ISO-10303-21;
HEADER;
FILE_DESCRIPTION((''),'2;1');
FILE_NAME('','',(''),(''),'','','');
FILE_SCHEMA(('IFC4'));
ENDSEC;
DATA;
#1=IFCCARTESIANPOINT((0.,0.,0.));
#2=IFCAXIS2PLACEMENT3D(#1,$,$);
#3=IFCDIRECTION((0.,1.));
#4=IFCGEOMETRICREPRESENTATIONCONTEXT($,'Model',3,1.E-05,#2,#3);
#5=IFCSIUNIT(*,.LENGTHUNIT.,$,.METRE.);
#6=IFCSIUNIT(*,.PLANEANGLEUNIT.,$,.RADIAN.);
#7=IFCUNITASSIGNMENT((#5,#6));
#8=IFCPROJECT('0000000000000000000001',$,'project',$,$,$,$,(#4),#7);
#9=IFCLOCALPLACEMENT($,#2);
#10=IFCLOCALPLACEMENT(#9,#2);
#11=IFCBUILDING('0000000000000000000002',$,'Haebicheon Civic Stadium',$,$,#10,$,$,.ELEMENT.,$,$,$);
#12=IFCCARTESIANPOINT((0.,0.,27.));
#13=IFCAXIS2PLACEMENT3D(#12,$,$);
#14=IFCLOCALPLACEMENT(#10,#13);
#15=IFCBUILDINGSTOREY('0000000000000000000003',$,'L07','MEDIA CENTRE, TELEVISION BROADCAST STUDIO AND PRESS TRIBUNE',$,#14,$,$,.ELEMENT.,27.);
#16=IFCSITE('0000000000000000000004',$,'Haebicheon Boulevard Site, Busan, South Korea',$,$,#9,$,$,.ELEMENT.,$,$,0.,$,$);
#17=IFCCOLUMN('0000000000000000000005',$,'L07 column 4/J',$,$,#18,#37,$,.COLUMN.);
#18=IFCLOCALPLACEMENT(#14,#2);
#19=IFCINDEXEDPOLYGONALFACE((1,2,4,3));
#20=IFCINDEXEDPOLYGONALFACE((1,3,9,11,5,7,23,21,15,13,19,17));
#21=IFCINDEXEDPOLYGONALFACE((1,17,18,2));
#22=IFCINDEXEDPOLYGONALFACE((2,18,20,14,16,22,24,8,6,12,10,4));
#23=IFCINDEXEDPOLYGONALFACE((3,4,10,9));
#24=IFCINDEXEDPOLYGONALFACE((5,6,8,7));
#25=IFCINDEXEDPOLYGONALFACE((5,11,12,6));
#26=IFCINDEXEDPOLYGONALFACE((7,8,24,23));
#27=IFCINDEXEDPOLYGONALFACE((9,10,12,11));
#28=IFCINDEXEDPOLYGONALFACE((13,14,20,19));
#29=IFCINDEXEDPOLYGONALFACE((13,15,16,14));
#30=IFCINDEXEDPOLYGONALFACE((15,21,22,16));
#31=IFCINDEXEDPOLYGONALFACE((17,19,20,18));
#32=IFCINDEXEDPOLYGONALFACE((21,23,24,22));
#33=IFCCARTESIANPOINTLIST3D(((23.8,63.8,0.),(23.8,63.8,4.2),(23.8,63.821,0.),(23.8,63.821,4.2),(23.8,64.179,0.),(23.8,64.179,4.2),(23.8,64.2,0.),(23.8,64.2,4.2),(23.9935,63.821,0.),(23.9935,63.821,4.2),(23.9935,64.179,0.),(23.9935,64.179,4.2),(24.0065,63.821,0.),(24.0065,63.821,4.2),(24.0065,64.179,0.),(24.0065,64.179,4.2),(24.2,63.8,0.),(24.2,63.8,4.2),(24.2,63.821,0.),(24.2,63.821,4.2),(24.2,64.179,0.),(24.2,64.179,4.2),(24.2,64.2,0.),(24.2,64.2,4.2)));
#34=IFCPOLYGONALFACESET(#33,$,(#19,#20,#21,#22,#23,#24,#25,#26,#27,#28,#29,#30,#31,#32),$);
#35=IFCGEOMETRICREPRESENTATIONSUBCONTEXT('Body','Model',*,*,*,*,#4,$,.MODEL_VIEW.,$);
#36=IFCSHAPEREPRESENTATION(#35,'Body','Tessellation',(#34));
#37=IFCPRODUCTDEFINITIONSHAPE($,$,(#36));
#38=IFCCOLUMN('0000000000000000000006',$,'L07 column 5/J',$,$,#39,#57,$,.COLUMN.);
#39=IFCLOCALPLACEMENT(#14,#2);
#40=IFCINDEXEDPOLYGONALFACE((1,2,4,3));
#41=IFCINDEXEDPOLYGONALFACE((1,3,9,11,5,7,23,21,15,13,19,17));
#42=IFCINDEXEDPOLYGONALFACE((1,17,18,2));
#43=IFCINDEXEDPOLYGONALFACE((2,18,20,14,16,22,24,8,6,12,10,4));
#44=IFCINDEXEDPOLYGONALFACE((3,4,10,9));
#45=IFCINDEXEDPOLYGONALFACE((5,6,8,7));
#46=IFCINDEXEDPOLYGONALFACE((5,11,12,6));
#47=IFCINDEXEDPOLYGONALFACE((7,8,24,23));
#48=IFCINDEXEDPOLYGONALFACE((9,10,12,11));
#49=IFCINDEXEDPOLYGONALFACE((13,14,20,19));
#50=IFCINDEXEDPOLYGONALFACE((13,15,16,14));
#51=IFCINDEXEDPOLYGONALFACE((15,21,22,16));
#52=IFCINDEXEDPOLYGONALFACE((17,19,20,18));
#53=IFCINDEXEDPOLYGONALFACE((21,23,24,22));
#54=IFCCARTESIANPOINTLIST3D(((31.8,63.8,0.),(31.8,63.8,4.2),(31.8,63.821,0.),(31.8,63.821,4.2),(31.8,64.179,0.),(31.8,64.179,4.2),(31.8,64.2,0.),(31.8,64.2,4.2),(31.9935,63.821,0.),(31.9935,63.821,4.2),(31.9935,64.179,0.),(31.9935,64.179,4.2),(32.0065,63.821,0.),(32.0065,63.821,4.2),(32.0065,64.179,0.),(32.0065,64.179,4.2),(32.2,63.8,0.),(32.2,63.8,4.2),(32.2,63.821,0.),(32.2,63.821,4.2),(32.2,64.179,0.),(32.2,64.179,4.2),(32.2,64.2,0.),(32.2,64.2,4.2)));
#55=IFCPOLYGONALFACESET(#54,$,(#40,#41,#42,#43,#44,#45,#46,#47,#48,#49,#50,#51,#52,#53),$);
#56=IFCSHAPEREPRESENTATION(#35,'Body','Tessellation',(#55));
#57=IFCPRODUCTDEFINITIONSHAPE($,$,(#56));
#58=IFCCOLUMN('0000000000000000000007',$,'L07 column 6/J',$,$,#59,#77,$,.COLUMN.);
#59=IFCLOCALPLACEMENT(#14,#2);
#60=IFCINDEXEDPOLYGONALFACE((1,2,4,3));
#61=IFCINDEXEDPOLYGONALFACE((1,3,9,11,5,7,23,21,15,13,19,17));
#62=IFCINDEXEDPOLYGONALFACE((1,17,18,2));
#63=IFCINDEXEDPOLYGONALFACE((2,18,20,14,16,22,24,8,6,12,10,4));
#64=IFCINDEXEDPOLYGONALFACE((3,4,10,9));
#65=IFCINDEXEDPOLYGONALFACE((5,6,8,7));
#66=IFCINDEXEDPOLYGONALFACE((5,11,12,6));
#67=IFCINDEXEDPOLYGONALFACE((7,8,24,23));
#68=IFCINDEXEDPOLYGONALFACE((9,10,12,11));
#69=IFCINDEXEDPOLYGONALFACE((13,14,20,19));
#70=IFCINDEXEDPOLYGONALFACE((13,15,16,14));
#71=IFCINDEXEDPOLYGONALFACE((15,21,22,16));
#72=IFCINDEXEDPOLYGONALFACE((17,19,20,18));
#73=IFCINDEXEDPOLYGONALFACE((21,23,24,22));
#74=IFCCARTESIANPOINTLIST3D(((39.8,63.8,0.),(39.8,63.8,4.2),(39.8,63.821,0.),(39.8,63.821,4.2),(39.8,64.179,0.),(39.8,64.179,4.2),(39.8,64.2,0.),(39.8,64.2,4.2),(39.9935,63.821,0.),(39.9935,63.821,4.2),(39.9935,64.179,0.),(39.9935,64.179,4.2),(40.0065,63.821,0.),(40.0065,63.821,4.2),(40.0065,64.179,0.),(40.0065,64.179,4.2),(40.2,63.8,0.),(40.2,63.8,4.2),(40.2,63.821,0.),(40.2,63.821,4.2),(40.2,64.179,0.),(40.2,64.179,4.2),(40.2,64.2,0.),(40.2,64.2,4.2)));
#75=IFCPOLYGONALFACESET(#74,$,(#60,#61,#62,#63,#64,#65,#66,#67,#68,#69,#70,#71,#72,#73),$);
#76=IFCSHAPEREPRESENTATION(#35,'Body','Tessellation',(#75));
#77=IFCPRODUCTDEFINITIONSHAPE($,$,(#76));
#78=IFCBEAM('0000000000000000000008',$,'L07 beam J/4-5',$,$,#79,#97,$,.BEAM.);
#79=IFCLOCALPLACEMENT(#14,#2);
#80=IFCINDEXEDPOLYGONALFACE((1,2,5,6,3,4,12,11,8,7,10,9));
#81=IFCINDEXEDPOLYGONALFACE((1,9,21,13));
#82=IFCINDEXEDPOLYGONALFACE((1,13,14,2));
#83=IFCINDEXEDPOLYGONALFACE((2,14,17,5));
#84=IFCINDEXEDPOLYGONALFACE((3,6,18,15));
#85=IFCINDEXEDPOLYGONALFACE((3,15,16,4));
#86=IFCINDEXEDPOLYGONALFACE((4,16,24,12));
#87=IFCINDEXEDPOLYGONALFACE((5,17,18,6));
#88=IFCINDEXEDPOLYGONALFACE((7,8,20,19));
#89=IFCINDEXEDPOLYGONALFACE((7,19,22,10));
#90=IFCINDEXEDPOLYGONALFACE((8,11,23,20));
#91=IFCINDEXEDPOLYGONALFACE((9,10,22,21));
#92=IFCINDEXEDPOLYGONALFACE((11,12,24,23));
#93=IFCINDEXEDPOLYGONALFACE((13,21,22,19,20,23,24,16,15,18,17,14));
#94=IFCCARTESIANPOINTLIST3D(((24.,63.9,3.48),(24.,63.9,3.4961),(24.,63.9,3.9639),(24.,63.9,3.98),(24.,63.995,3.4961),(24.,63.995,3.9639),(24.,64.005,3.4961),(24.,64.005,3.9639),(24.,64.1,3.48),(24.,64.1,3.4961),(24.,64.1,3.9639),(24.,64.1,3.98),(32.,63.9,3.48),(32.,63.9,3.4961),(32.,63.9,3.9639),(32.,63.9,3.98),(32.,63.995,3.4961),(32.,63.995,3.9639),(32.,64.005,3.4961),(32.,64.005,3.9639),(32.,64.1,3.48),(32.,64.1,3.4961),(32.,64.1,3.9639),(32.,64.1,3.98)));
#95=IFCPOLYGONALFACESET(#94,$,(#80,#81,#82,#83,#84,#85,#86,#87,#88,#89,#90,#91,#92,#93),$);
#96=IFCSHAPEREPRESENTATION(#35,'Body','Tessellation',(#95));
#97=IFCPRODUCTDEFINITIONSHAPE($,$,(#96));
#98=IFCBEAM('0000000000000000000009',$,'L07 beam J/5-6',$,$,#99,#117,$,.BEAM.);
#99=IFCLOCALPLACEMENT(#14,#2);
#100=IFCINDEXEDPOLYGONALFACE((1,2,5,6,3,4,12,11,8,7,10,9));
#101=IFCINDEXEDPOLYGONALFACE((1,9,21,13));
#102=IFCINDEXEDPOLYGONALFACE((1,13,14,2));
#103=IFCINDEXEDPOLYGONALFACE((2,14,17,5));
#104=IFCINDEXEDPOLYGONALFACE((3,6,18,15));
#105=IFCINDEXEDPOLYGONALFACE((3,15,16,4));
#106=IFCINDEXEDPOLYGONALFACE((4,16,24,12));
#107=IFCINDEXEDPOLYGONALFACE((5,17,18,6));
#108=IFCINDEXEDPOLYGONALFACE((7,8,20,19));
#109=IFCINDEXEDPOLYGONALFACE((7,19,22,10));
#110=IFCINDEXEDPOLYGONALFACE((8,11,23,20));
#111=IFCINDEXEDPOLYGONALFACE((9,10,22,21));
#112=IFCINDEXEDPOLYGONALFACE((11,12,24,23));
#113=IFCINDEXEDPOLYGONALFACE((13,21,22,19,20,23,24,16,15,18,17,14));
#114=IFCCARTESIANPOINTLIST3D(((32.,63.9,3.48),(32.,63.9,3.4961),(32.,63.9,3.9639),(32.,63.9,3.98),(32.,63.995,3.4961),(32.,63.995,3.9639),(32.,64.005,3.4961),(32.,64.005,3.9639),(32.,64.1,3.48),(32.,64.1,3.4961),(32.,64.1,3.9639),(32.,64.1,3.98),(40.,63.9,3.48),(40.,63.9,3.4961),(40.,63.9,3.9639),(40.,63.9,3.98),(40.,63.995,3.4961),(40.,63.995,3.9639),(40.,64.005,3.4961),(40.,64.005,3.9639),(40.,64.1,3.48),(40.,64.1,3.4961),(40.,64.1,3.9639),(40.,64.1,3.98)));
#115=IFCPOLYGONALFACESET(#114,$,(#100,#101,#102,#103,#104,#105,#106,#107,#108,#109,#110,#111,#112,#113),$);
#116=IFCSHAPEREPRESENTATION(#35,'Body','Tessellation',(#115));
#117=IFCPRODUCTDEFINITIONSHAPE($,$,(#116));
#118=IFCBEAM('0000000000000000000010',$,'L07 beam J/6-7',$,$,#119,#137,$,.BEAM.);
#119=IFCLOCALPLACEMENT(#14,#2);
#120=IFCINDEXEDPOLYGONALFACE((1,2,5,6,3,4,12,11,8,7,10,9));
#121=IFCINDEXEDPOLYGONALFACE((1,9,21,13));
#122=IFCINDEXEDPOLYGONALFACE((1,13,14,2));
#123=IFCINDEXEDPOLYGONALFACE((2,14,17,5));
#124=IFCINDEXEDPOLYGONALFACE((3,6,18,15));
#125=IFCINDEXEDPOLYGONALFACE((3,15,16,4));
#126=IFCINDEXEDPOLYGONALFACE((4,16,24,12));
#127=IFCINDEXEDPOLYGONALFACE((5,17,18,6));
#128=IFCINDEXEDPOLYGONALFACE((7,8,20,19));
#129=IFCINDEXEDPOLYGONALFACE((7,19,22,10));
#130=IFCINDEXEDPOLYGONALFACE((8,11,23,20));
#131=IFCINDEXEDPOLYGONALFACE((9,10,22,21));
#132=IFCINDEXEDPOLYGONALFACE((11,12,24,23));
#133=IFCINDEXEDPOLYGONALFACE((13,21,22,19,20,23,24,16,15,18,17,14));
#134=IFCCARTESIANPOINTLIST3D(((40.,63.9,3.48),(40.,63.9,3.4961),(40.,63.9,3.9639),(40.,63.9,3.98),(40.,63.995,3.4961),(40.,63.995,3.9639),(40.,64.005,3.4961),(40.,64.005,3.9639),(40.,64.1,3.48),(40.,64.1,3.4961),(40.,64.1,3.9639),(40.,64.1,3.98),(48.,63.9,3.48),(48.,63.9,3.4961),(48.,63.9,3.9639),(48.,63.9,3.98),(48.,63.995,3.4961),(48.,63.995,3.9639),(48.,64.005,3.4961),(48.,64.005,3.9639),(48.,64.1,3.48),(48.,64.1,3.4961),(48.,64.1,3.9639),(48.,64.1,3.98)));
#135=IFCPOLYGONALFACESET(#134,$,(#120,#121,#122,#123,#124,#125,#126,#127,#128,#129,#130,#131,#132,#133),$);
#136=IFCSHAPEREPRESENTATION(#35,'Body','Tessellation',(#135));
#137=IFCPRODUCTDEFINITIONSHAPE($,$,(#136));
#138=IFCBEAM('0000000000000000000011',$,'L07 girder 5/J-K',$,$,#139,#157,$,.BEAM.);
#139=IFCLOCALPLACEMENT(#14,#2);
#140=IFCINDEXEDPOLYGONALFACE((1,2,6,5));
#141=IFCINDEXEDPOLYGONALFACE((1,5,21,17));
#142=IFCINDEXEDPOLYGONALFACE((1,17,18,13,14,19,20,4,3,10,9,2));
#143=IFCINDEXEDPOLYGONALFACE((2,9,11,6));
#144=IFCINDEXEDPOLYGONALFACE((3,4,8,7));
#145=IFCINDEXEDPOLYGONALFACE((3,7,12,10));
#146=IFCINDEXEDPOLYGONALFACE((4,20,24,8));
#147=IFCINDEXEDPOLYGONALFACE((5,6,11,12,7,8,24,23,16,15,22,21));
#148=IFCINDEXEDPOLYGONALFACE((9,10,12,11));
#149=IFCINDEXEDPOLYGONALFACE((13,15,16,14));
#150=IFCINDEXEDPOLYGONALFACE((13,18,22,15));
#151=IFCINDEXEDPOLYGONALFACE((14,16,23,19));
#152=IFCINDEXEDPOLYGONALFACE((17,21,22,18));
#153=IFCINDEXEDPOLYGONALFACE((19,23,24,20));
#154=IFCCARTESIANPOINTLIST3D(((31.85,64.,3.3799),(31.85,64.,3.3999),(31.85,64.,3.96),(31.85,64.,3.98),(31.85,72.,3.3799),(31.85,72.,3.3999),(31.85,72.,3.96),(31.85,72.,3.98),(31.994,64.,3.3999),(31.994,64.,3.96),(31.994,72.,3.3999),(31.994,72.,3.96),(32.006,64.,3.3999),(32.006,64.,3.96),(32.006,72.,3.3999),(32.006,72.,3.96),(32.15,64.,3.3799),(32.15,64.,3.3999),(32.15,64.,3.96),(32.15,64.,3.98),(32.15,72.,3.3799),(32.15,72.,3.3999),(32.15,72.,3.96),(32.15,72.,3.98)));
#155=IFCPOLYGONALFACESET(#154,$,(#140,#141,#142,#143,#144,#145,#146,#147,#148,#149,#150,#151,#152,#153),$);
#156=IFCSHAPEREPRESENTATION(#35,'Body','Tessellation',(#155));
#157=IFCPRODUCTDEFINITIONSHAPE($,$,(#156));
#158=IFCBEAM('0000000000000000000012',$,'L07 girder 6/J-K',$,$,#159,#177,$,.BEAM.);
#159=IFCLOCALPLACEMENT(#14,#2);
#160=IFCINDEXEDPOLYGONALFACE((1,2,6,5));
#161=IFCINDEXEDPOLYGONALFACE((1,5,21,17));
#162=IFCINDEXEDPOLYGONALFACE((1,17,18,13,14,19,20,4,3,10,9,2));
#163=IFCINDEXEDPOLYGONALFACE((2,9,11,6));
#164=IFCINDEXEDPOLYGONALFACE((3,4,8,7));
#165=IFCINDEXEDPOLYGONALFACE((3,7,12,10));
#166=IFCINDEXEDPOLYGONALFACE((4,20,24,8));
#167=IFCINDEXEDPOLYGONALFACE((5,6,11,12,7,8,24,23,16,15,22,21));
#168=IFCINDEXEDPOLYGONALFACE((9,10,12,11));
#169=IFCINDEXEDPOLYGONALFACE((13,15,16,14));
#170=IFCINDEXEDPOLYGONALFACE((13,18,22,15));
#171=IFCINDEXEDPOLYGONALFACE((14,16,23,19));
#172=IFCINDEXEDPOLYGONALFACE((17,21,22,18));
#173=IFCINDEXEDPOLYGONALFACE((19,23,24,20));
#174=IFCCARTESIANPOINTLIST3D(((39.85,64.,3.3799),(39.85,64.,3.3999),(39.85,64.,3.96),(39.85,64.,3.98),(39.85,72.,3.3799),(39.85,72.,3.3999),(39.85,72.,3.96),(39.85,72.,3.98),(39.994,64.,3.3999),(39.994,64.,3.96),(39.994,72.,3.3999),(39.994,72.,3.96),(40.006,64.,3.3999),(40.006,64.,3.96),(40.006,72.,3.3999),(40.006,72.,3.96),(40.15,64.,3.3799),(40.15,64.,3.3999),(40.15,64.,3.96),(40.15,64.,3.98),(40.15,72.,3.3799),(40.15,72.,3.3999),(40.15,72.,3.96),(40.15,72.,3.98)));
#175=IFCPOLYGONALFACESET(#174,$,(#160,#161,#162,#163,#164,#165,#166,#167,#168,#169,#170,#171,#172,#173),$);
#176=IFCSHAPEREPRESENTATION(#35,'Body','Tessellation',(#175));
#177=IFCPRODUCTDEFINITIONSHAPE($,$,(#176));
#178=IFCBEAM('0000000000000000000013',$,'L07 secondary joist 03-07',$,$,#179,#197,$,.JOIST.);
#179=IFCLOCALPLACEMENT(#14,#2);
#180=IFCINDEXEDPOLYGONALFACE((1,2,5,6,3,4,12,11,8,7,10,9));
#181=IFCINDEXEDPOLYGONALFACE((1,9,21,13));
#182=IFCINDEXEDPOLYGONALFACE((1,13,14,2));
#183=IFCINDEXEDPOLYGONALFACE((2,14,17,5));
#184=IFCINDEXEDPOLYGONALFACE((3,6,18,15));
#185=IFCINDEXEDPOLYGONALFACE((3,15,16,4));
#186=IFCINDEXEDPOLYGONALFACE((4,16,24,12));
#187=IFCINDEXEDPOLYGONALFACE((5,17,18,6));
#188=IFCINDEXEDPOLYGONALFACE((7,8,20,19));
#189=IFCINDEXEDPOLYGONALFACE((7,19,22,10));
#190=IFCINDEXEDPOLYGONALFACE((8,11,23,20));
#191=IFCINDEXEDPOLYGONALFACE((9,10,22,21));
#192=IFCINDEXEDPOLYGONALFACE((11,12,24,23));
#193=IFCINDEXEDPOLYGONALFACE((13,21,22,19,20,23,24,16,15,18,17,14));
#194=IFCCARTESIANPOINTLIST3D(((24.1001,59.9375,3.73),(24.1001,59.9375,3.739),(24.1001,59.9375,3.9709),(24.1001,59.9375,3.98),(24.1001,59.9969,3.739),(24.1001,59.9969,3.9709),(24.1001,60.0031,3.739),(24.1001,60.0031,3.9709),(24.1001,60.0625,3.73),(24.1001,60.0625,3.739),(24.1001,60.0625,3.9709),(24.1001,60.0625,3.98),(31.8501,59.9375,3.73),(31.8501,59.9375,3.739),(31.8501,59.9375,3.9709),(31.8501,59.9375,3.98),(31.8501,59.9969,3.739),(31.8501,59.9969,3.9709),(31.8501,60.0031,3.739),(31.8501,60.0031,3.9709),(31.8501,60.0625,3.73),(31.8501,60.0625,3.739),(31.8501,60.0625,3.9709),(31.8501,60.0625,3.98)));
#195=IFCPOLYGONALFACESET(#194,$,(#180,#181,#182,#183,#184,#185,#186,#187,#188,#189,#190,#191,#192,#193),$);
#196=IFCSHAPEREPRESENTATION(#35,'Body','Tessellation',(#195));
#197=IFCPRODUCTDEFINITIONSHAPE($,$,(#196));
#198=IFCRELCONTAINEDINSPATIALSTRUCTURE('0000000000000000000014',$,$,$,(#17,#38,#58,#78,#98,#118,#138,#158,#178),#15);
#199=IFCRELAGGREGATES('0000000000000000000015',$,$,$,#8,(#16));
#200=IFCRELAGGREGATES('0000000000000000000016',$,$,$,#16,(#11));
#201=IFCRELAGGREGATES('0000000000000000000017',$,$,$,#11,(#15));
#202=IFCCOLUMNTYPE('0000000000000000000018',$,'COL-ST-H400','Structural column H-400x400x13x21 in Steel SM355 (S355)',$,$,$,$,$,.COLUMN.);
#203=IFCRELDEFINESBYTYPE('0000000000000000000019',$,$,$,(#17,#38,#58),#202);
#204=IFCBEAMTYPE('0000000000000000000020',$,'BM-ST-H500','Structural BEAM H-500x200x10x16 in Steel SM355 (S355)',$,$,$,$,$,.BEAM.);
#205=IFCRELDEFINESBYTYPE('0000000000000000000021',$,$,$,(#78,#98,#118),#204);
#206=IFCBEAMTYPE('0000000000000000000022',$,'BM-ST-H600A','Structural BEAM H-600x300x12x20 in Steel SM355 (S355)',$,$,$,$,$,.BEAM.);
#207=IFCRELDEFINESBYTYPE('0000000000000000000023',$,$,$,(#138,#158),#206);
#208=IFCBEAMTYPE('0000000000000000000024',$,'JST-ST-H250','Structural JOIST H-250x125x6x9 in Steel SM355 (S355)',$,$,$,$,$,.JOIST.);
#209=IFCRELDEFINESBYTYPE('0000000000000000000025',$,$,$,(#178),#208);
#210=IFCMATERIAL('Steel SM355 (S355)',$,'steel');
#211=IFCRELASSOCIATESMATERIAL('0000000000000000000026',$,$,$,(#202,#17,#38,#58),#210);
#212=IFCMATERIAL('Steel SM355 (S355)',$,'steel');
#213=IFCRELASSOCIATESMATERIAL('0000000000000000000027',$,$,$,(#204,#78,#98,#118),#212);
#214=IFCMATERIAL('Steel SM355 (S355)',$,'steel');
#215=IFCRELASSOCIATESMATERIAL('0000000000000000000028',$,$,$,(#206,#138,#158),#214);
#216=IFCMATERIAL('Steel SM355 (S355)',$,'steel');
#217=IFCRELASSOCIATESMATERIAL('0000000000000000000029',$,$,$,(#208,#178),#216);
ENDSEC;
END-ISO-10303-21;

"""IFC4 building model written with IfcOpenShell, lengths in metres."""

from ifc_helpers import new_model, si_unit, direction, frame, origin, origin_2d, place, context, subcontext, project, spatial, i_section, extrude, material, material_profile, profile_set, type_object, element, save


model = new_model("IFC4")

# Units and contexts
model_context = context("Model", 3, precision=1e-05, world=origin(), true_north=direction((0.0, 1.0)))
body_context = subcontext(model_context, "Body", "Model", "MODEL_VIEW")
ifc_project = project(units=[si_unit("LENGTHUNIT", "METRE"), si_unit("PLANEANGLEUNIT", "RADIAN")], contexts=[model_context])

# Site, building, storey
site_placement = place(None, origin())
site = spatial("IfcSite", under=ifc_project, at=site_placement, Name="Haebicheon Boulevard Site, Busan, South Korea", CompositionType="ELEMENT", RefElevation=0.0)
building_placement = place(site_placement, origin())
building = spatial("IfcBuilding", under=site, at=building_placement, Name="Haebicheon Civic Stadium", CompositionType="ELEMENT")
storey_placement = place(building_placement, frame((0.0, 0.0, 27.0)))
storey = spatial("IfcBuildingStorey", under=building, at=storey_placement, Name="L07", Description="MEDIA CENTRE, TELEVISION BROADCAST STUDIO AND PRESS TRIBUNE", CompositionType="ELEMENT", Elevation=27.0)

# Columns
ifc_material_1 = material(Name="Steel SM355 (S355)", Category="steel")
ifc_material_profile_1 = material_profile(ifc_material_1, i_section(OverallWidth=0.3999, OverallDepth=0.3999, WebThickness=0.0129, FlangeThickness=0.021, at=origin_2d()), Name="H-400x400x13x21")
ifc_profile_set_1 = profile_set([ifc_material_profile_1], Name="Steel SM355 (S355)")
column_type = type_object("IfcColumnType", Name="COL-ST-H400", Description="Structural column H-400x400x13x21 in Steel SM355 (S355)", PredefinedType="COLUMN", material=ifc_profile_set_1)
for number, where, z_axis, x_axis, name in (
    (1, (24.0, 64.0, 0.0), (0.0, 0.0, 1.0), (1.0, 0.0, 0.0), "L07 column 4/J"),
    (2, (32.0, 64.0, 0.0), (0.0, 0.0, 1.0), (1.0, 0.0, 0.0), "L07 column 5/J"),
    (3, (40.0, 64.0, 0.0), (0.0, 0.0, 1.0), (1.0, 0.0, 0.0), "L07 column 6/J"),
):
    element("IfcColumn", number, at=place(storey_placement, frame(where, z_axis=z_axis, x_axis=x_axis)), inside=storey, type_object=column_type, material=ifc_profile_set_1, Name=name, PredefinedType="COLUMN", context=body_context, shape_type="SweptSolid", body=[
        extrude(i_section(OverallWidth=0.3999, OverallDepth=0.3999, WebThickness=0.0129, FlangeThickness=0.021, at=origin_2d()), origin(), (0.0, 0.0, 1.0), 4.2),
    ])

# Beams
ifc_material_2 = material(Name="Steel SM355 (S355)", Category="steel")
ifc_material_profile_2 = material_profile(ifc_material_2, i_section(OverallWidth=0.2, OverallDepth=0.5, WebThickness=0.01, FlangeThickness=0.0161, at=origin_2d()), Name="H-500x200x10x16")
ifc_profile_set_2 = profile_set([ifc_material_profile_2], Name="Steel SM355 (S355)")
beam_type_1 = type_object("IfcBeamType", Name="BM-ST-H500", Description="Structural BEAM H-500x200x10x16 in Steel SM355 (S355)", PredefinedType="BEAM", material=ifc_profile_set_2)
for number, where, z_axis, x_axis, name in (
    (4, (24.0, 64.0, 3.73), (1.0, 0.0, 0.0), (0.0, 1.0, 0.0), "L07 beam J/4-5"),
    (5, (32.0, 64.0, 3.73), (1.0, 0.0, 0.0), (0.0, 1.0, 0.0), "L07 beam J/5-6"),
    (6, (40.0, 64.0, 3.73), (1.0, 0.0, 0.0), (0.0, 1.0, 0.0), "L07 beam J/6-7"),
):
    element("IfcBeam", number, at=place(storey_placement, frame(where, z_axis=z_axis, x_axis=x_axis)), inside=storey, type_object=beam_type_1, material=ifc_profile_set_2, Name=name, PredefinedType="BEAM", context=body_context, shape_type="SweptSolid", body=[
        extrude(i_section(OverallWidth=0.2, OverallDepth=0.5, WebThickness=0.01, FlangeThickness=0.0161, at=origin_2d()), origin(), (0.0, 0.0, 1.0), 8.0),
    ])
ifc_material_3 = material(Name="Steel SM355 (S355)", Category="steel")
ifc_material_profile_3 = material_profile(ifc_material_3, i_section(OverallWidth=0.3, OverallDepth=0.6001, WebThickness=0.012, FlangeThickness=0.02, at=origin_2d()), Name="H-600x300x12x20")
ifc_profile_set_3 = profile_set([ifc_material_profile_3], Name="Steel SM355 (S355)")
beam_type_2 = type_object("IfcBeamType", Name="BM-ST-H600A", Description="Structural BEAM H-600x300x12x20 in Steel SM355 (S355)", PredefinedType="BEAM", material=ifc_profile_set_3)
for number, where, z_axis, x_axis, name in (
    (7, (32.0, 64.0, 3.6799), (0.0, 1.0, 0.0), (-1.0, 0.0, 0.0), "L07 girder 5/J-K"),
    (8, (40.0, 64.0, 3.6799), (0.0, 1.0, 0.0), (-1.0, 0.0, 0.0), "L07 girder 6/J-K"),
):
    element("IfcBeam", number, at=place(storey_placement, frame(where, z_axis=z_axis, x_axis=x_axis)), inside=storey, type_object=beam_type_2, material=ifc_profile_set_3, Name=name, PredefinedType="BEAM", context=body_context, shape_type="SweptSolid", body=[
        extrude(i_section(OverallWidth=0.3, OverallDepth=0.6001, WebThickness=0.012, FlangeThickness=0.02, at=origin_2d()), origin(), (0.0, 0.0, 1.0), 8.0),
    ])
ifc_material_4 = material(Name="Steel SM355 (S355)", Category="steel")
ifc_material_profile_4 = material_profile(ifc_material_4, i_section(OverallWidth=0.125, OverallDepth=0.25, WebThickness=0.0061, FlangeThickness=0.009, at=origin_2d()), Name="H-250x125x6x9")
ifc_profile_set_4 = profile_set([ifc_material_profile_4], Name="Steel SM355 (S355)")
beam_type_3 = type_object("IfcBeamType", Name="JST-ST-H250", Description="Structural JOIST H-250x125x6x9 in Steel SM355 (S355)", PredefinedType="JOIST", material=ifc_profile_set_4)
beam_1_placement = place(storey_placement, frame((24.1001, 60.0, 3.855), z_axis=(1.0, 0.0, 0.0), x_axis=(0.0, 1.0, 0.0)))
element("IfcBeam", 9, at=beam_1_placement, inside=storey, type_object=beam_type_3, material=ifc_profile_set_4, Name="L07 secondary joist 03-07", PredefinedType="JOIST", context=body_context, shape_type="SweptSolid", body=[
    extrude(i_section(OverallWidth=0.125, OverallDepth=0.25, WebThickness=0.0061, FlangeThickness=0.009, at=origin_2d()), origin(), (0.0, 0.0, 1.0), 7.75),
])

save(model, "model.ifc")
